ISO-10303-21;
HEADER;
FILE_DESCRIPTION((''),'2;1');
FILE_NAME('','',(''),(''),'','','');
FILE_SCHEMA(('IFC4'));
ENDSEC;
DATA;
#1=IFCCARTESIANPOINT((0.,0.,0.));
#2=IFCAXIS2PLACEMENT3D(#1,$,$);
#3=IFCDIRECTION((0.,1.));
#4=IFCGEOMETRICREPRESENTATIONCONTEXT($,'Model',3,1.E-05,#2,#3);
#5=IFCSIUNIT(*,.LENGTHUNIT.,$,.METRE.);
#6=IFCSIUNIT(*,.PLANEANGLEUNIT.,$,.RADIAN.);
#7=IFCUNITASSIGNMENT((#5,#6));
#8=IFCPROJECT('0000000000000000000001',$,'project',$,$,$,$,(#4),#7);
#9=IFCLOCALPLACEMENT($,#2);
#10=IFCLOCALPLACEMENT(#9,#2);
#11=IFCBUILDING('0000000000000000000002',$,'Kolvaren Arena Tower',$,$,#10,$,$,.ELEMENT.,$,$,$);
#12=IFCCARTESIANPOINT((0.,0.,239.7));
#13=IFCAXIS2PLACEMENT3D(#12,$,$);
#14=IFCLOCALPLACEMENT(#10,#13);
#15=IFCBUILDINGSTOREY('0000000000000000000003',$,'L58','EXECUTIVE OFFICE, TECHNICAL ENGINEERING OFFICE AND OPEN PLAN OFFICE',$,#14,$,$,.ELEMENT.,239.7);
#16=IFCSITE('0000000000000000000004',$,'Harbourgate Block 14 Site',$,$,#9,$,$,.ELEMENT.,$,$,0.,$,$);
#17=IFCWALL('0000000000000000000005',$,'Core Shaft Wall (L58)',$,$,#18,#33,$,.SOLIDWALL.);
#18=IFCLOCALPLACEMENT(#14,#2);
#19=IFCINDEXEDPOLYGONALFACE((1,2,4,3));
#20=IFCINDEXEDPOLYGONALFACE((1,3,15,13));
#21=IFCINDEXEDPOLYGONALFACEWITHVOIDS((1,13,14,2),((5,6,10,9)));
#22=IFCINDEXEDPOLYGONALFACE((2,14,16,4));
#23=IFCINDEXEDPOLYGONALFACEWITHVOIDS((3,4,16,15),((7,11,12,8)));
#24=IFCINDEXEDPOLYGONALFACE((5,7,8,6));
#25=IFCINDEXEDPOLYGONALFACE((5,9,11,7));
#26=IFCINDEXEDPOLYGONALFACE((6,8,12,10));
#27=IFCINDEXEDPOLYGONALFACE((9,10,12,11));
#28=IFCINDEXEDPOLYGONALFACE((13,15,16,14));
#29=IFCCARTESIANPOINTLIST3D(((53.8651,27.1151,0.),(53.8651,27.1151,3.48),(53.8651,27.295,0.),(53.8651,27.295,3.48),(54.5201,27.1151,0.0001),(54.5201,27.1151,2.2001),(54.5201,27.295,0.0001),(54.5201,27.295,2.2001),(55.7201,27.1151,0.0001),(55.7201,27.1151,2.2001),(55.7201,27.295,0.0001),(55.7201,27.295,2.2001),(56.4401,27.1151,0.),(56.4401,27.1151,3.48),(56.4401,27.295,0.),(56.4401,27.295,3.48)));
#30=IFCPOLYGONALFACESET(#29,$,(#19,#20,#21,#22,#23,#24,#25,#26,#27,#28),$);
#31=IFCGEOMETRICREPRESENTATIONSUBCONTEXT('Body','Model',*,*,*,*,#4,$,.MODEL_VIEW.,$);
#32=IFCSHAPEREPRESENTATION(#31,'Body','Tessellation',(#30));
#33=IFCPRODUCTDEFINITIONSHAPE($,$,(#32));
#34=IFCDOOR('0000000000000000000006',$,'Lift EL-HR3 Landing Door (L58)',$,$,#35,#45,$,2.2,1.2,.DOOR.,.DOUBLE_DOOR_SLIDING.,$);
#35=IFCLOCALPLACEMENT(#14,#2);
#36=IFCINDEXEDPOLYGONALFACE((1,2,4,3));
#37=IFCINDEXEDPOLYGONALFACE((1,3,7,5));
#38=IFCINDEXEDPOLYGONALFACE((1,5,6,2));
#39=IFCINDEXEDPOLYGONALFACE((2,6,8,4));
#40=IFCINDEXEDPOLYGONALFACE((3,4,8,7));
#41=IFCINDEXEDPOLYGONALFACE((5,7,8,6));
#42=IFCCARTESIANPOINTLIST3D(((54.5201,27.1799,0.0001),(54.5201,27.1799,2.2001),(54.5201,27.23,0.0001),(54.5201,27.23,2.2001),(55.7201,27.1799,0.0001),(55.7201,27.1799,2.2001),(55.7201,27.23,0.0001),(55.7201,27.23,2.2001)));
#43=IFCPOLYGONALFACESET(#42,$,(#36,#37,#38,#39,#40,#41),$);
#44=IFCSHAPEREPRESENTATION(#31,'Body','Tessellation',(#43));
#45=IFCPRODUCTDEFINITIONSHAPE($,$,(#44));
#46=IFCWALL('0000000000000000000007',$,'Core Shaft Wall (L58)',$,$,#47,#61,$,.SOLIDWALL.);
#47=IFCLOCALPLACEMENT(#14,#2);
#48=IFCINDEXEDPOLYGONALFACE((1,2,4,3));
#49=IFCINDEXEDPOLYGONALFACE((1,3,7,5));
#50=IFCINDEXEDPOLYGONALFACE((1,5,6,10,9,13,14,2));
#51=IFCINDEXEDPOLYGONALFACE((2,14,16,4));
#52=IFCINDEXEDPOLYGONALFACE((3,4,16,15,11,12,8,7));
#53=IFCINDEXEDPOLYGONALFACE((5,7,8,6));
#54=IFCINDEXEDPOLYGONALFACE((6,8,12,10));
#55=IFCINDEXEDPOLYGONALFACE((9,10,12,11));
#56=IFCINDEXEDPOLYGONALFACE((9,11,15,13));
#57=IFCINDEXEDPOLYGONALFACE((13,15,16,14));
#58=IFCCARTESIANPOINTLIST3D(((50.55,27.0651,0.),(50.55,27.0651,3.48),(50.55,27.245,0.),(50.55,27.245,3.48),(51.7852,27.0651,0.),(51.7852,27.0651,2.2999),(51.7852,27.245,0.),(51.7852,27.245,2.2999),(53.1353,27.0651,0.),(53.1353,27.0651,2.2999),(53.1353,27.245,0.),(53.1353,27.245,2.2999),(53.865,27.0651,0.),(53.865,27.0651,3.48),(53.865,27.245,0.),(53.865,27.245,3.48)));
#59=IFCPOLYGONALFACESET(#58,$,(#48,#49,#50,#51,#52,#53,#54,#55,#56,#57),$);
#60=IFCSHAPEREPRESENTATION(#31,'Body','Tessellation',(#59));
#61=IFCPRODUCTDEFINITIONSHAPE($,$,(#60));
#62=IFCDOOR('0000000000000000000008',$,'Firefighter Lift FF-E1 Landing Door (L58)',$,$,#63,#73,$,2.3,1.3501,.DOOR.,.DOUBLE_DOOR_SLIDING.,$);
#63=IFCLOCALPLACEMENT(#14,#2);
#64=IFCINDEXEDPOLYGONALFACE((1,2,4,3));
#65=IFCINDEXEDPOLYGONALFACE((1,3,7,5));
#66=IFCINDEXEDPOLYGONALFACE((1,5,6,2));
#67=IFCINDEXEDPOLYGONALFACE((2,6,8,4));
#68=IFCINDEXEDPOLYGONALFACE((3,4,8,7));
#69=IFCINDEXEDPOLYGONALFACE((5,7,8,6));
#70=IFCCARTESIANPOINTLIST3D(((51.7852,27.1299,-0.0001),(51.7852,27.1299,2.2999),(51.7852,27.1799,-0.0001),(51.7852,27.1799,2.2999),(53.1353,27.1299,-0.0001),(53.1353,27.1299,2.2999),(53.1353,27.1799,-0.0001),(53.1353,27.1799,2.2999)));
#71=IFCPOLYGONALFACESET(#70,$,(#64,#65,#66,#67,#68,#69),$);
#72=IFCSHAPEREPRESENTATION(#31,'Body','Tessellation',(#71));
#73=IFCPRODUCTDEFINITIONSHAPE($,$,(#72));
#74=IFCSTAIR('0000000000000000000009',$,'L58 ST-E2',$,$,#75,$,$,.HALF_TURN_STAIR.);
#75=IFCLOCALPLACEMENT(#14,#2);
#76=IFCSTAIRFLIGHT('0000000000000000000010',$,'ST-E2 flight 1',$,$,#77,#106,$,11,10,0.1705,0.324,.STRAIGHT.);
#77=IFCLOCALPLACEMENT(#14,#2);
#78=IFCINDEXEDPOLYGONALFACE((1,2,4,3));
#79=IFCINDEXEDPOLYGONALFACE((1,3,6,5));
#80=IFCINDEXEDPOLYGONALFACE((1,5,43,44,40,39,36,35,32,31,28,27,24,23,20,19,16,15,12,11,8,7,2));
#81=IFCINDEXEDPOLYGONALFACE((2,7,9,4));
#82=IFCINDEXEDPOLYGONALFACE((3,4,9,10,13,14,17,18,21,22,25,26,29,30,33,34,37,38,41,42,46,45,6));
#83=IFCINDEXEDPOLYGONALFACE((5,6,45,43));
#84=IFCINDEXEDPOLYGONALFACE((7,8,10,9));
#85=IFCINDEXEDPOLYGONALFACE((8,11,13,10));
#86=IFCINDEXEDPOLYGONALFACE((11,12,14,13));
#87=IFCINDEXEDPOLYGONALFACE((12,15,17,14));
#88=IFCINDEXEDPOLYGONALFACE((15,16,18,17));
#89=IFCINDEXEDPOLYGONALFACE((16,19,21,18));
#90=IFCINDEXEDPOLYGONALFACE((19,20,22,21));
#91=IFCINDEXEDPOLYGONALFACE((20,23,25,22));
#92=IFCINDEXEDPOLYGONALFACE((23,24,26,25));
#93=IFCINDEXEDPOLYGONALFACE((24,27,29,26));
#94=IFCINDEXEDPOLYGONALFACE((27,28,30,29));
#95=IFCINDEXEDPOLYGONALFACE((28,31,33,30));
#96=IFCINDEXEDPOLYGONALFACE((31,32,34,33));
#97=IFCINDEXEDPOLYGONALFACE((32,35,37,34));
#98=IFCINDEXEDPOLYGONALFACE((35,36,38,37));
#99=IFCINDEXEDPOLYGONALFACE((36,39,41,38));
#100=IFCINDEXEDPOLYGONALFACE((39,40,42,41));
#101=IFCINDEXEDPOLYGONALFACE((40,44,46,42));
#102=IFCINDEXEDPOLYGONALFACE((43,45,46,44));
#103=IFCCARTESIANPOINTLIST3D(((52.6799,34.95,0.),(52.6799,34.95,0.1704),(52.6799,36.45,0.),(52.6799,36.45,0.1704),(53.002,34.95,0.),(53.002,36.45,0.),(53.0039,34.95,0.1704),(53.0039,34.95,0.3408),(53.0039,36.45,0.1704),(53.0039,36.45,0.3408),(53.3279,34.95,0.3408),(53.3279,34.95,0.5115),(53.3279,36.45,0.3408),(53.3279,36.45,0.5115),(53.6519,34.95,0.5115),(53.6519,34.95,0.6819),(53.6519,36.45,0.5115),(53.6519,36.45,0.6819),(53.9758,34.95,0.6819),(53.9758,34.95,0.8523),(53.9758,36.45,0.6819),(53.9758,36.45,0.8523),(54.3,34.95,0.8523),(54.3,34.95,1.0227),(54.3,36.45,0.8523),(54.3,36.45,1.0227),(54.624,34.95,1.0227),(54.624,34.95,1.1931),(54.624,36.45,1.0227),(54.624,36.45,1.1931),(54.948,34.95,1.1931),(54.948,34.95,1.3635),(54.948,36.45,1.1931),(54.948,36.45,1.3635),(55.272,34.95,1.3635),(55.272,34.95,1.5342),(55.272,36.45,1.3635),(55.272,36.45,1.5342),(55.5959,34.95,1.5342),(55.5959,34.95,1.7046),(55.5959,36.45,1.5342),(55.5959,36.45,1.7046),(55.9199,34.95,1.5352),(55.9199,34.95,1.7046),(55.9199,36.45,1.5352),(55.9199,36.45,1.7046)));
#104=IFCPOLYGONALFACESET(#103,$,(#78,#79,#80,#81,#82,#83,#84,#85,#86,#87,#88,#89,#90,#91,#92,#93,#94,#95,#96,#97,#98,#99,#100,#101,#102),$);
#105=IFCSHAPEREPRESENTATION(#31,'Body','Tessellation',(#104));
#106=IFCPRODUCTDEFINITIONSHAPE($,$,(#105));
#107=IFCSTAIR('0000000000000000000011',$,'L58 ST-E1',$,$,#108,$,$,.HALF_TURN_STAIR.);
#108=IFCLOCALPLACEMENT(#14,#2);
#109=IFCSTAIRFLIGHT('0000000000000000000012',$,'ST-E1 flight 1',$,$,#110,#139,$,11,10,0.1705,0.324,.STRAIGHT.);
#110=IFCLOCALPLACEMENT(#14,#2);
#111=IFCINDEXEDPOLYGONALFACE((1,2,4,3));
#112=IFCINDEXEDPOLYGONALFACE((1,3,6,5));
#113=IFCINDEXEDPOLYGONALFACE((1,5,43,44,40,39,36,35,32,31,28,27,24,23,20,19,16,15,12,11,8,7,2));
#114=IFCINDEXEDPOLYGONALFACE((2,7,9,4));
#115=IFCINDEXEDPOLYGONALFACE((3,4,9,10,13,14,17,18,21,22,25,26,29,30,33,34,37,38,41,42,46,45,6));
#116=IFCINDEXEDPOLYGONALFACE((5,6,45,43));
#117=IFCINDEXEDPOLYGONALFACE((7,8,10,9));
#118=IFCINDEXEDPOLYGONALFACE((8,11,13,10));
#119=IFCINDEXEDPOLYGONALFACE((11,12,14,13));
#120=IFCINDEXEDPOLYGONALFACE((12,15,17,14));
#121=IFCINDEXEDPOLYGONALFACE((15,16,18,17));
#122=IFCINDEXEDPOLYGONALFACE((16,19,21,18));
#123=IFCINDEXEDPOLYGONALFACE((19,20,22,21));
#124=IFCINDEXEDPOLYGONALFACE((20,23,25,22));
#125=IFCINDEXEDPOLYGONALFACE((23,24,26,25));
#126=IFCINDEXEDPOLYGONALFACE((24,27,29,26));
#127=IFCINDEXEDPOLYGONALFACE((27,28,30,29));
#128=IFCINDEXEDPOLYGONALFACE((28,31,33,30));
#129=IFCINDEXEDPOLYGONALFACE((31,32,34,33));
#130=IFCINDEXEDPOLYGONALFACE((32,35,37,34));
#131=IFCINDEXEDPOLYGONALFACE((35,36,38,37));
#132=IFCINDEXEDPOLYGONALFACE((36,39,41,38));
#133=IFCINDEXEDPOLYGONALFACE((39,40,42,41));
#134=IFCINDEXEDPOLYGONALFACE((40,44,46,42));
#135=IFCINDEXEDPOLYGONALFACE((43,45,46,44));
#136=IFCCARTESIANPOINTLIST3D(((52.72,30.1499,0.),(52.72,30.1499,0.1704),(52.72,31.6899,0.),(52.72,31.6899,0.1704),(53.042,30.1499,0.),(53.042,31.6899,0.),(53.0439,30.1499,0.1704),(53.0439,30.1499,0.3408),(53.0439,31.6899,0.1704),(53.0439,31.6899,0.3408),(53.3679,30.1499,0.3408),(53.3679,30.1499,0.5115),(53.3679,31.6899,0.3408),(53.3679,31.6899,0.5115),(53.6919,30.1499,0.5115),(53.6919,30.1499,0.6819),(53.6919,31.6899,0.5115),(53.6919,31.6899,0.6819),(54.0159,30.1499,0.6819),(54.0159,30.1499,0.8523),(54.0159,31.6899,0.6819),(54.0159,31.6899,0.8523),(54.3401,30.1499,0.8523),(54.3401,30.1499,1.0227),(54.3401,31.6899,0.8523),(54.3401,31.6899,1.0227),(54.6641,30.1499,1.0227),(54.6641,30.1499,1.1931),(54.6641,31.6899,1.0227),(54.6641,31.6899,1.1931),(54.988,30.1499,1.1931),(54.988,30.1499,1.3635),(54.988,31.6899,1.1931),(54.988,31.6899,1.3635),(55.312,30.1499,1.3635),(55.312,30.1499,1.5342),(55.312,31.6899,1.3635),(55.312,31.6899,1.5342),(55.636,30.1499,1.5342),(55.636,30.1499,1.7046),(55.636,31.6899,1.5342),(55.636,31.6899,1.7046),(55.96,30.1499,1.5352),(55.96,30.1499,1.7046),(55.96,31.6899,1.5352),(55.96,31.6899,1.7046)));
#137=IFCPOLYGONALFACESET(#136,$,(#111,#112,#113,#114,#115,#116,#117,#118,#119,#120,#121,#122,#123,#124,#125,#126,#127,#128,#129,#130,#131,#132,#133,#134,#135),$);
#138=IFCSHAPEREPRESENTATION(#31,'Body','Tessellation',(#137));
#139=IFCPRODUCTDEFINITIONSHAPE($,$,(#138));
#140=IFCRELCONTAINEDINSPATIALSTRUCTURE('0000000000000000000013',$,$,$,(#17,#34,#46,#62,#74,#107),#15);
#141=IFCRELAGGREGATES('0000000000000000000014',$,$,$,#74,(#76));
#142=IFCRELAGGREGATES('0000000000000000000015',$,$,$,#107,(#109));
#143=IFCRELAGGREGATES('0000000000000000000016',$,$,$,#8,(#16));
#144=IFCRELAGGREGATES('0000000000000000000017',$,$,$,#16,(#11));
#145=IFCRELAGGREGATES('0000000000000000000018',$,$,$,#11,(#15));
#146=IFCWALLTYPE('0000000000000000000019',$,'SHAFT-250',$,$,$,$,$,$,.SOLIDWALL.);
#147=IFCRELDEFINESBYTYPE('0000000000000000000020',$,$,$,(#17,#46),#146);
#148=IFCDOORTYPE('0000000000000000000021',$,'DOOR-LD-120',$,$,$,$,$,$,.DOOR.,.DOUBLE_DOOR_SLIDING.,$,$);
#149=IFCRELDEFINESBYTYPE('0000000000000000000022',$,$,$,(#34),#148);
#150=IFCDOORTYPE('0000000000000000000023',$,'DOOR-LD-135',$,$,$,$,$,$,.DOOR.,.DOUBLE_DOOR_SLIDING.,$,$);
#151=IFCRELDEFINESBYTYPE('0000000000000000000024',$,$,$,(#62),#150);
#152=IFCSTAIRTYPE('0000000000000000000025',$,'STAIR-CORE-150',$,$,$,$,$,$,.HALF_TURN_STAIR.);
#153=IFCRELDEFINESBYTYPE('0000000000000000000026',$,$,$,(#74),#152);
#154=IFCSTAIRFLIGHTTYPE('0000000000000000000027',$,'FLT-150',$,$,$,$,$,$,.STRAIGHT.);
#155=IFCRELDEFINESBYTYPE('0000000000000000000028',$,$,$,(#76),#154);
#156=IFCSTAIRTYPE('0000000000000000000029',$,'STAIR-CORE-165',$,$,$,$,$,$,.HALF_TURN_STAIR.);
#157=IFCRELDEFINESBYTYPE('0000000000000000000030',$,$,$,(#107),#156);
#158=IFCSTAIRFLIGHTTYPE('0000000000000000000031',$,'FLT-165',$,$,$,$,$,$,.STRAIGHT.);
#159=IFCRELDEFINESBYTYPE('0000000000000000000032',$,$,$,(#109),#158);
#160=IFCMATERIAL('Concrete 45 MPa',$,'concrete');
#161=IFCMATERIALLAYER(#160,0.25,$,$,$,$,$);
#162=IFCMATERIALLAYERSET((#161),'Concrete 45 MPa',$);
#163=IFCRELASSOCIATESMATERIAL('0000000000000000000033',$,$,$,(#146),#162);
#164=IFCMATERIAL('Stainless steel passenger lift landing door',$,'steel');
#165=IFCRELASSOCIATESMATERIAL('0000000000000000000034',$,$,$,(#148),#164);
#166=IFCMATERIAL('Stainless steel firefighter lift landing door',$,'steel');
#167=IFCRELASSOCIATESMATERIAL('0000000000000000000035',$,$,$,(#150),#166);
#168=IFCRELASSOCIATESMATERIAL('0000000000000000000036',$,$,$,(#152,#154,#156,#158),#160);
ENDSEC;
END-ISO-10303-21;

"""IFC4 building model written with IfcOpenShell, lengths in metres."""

from ifc_helpers import new_model, si_unit, direction, frame, frame_2d, origin, place, context, subcontext, project, spatial, polyline, rectangle, outline, extrude, material, layer, layer_set, type_object, element, fill, aggregate, save


model = new_model("IFC4")

# Units and contexts
model_context = context("Model", 3, precision=1e-05, world=origin(), true_north=direction((0.0, 1.0)))
body_context = subcontext(model_context, "Body", "Model", "MODEL_VIEW")
ifc_project = project(units=[si_unit("LENGTHUNIT", "METRE"), si_unit("PLANEANGLEUNIT", "RADIAN")], contexts=[model_context])

# Site, building, storey
site_placement = place(None, origin())
site = spatial("IfcSite", under=ifc_project, at=site_placement, Name="Harbourgate Block 14 Site", CompositionType="ELEMENT", RefElevation=0.0)
building_placement = place(site_placement, origin())
building = spatial("IfcBuilding", under=site, at=building_placement, Name="Kolvaren Arena Tower", CompositionType="ELEMENT")
storey_placement = place(building_placement, frame((0.0, 0.0, 239.7)))
storey = spatial("IfcBuildingStorey", under=building, at=storey_placement, Name="L58", Description="EXECUTIVE OFFICE, TECHNICAL ENGINEERING OFFICE AND OPEN PLAN OFFICE", CompositionType="ELEMENT", Elevation=239.7)

# Shared definitions
ifc_material_1 = material(Name="Concrete 45 MPa", Category="concrete")
ifc_layer = layer(ifc_material_1, 0.25)
ifc_layer_set = layer_set([ifc_layer], Name="Concrete 45 MPa")
wall_type = type_object("IfcWallType", Name="SHAFT-250", PredefinedType="SOLIDWALL", material=ifc_layer_set)

# Walls, openings, doors
wall_1_placement = place(storey_placement, frame((53.865, 27.2051, 0.0), z_axis=(0.0, 0.0, 1.0), x_axis=(1.0, 0.0, 0.0)))
wall_1 = element("IfcWall", 1, at=wall_1_placement, inside=storey, type_object=wall_type, Name="Core Shaft Wall (L58)", PredefinedType="SOLIDWALL", context=body_context, shape_type="SweptSolid", body=[
    extrude(rectangle(XDim=2.575, YDim=0.1799, at=frame_2d((1.2876, 0.0))), origin(), (0.0, 0.0, 1.0), 3.48),
])
opening_1_placement = place(wall_1_placement, frame((0.655, 0.0, 0.0)))
opening_1 = element("IfcOpeningElement", 2, at=opening_1_placement, cuts=wall_1, PredefinedType="OPENING", context=body_context, shape_type="SweptSolid", body=[
    extrude(rectangle(XDim=1.2, YDim=2.2, at=frame_2d((0.6001, 1.1001))), frame((0.0, 0.0999, 0.0), z_axis=(0.0, -1.0, 0.0), x_axis=(1.0, 0.0, 0.0)), (0.0, 0.0, 1.0), 0.2),
])
ifc_material_2 = material(Name="Stainless steel passenger lift landing door", Category="steel")
door_type_1 = type_object("IfcDoorType", Name="DOOR-LD-120", OperationType="DOUBLE_DOOR_SLIDING", PredefinedType="DOOR", material=ifc_material_2)
door_1_placement = place(opening_1_placement, origin())
door_1 = element("IfcDoor", 3, at=door_1_placement, inside=storey, type_object=door_type_1, Name="Lift EL-HR3 Landing Door (L58)", OperationType="DOUBLE_DOOR_SLIDING", OverallHeight=2.2, OverallWidth=1.2, PredefinedType="DOOR", context=body_context, shape_type="SweptSolid", body=[
    extrude(rectangle(XDim=1.2, YDim=2.2, at=frame_2d((0.6001, 1.1001))), frame((0.0, 0.0249, 0.0), z_axis=(0.0, -1.0, 0.0), x_axis=(1.0, 0.0, 0.0)), (0.0, 0.0, 1.0), 0.05),
])
fill(opening_1, door_1)
wall_2_placement = place(storey_placement, frame((50.55, 27.155, 0.0), z_axis=(0.0, 0.0, 1.0), x_axis=(1.0, 0.0, 0.0)))
wall_2 = element("IfcWall", 4, at=wall_2_placement, inside=storey, type_object=wall_type, Name="Core Shaft Wall (L58)", PredefinedType="SOLIDWALL", context=body_context, shape_type="SweptSolid", body=[
    extrude(rectangle(XDim=3.3149, YDim=0.1799, at=frame_2d((1.6575, 0.0))), origin(), (0.0, 0.0, 1.0), 3.48),
])
opening_2_placement = place(wall_2_placement, frame((1.2351, 0.0, 0.0)))
opening_2 = element("IfcOpeningElement", 5, at=opening_2_placement, cuts=wall_2, PredefinedType="OPENING", context=body_context, shape_type="SweptSolid", body=[
    extrude(rectangle(XDim=1.3501, YDim=2.3, at=frame_2d((0.675, 1.1499))), frame((0.0, 0.0999, 0.0), z_axis=(0.0, -1.0, 0.0), x_axis=(1.0, 0.0, 0.0)), (0.0, 0.0, 1.0), 0.2),
])
ifc_material_3 = material(Name="Stainless steel firefighter lift landing door", Category="steel")
door_type_2 = type_object("IfcDoorType", Name="DOOR-LD-135", OperationType="DOUBLE_DOOR_SLIDING", PredefinedType="DOOR", material=ifc_material_3)
door_2_placement = place(opening_2_placement, origin())
door_2 = element("IfcDoor", 6, at=door_2_placement, inside=storey, type_object=door_type_2, Name="Firefighter Lift FF-E1 Landing Door (L58)", OperationType="DOUBLE_DOOR_SLIDING", OverallHeight=2.3, OverallWidth=1.3501, PredefinedType="DOOR", context=body_context, shape_type="SweptSolid", body=[
    extrude(rectangle(XDim=1.3501, YDim=2.3, at=frame_2d((0.675, 1.1499))), frame((0.0, 0.0249, 0.0), z_axis=(0.0, -1.0, 0.0), x_axis=(1.0, 0.0, 0.0)), (0.0, 0.0, 1.0), 0.05),
])
fill(opening_2, door_2)

# Stairs, stair flights
stair_type_1 = type_object("IfcStairType", Name="STAIR-CORE-150", PredefinedType="HALF_TURN_STAIR", material=ifc_material_1)
stair_1_placement = place(storey_placement, origin())
stair_1 = element("IfcStair", 7, at=stair_1_placement, inside=storey, type_object=stair_type_1, Name="L58 ST-E2", PredefinedType="HALF_TURN_STAIR")
stair_flight_type_1 = type_object("IfcStairFlightType", Name="FLT-150", PredefinedType="STRAIGHT", material=ifc_material_1)
stair_flight_1_placement = place(storey_placement, frame((52.6799, 35.7, 0.0), z_axis=(0.0, 0.0, 1.0), x_axis=(1.0, 0.0, 0.0)))
stair_flight_1 = element("IfcStairFlight", 8, at=stair_flight_1_placement, type_object=stair_flight_type_1, Name="ST-E2 flight 1", NumberOfRisers=11, NumberOfTreads=10, PredefinedType="STRAIGHT", RiserHeight=0.1705, TreadLength=0.324, context=body_context, shape_type="SweptSolid", body=[
    extrude(outline(polyline([(0.0, 0.0), (0.0, 0.1704), (0.324, 0.1704), (0.324, 0.3408), (0.6479, 0.3408), (0.6479, 0.5115), (0.9719, 0.5115), (0.9719, 0.6819), (1.2959, 0.6819), (1.2959, 0.8523), (1.6201, 0.8523), (1.6201, 1.0227), (1.9441, 1.0227), (1.9441, 1.1931), (2.2681, 1.1931), (2.2681, 1.3635), (2.592, 1.3635), (2.592, 1.5342), (2.916, 1.5342), (2.916, 1.7046), (3.24, 1.7046), (3.24, 1.875), (3.24, 1.5352), (0.322, 0.0), (0.0, 0.0)])), frame((0.0, 0.75, 0.0), z_axis=(0.0, -1.0, 0.0), x_axis=(1.0, 0.0, 0.0)), (0.0, 0.0, 1.0), 1.5),
])
aggregate(stair_1, [stair_flight_1])
stair_type_2 = type_object("IfcStairType", Name="STAIR-CORE-165", PredefinedType="HALF_TURN_STAIR", material=ifc_material_1)
stair_2_placement = place(storey_placement, origin())
stair_2 = element("IfcStair", 9, at=stair_2_placement, inside=storey, type_object=stair_type_2, Name="L58 ST-E1", PredefinedType="HALF_TURN_STAIR")
stair_flight_type_2 = type_object("IfcStairFlightType", Name="FLT-165", PredefinedType="STRAIGHT", material=ifc_material_1)
stair_flight_2_placement = place(storey_placement, frame((52.72, 30.9199, 0.0), z_axis=(0.0, 0.0, 1.0), x_axis=(1.0, 0.0, 0.0)))
stair_flight_2 = element("IfcStairFlight", 10, at=stair_flight_2_placement, type_object=stair_flight_type_2, Name="ST-E1 flight 1", NumberOfRisers=11, NumberOfTreads=10, PredefinedType="STRAIGHT", RiserHeight=0.1705, TreadLength=0.324, context=body_context, shape_type="SweptSolid", body=[
    extrude(outline(polyline([(0.0, 0.0), (0.0, 0.1704), (0.324, 0.1704), (0.324, 0.3408), (0.6479, 0.3408), (0.6479, 0.5115), (0.9719, 0.5115), (0.9719, 0.6819), (1.2959, 0.6819), (1.2959, 0.8523), (1.6201, 0.8523), (1.6201, 1.0227), (1.9441, 1.0227), (1.9441, 1.1931), (2.2681, 1.1931), (2.2681, 1.3635), (2.592, 1.3635), (2.592, 1.5342), (2.916, 1.5342), (2.916, 1.7046), (3.24, 1.7046), (3.24, 1.875), (3.24, 1.5352), (0.322, 0.0), (0.0, 0.0)])), frame((0.0, 0.77, 0.0), z_axis=(0.0, -1.0, 0.0), x_axis=(1.0, 0.0, 0.0)), (0.0, 0.0, 1.0), 1.54),
])
aggregate(stair_2, [stair_flight_2])

save(model, "model.ifc")
